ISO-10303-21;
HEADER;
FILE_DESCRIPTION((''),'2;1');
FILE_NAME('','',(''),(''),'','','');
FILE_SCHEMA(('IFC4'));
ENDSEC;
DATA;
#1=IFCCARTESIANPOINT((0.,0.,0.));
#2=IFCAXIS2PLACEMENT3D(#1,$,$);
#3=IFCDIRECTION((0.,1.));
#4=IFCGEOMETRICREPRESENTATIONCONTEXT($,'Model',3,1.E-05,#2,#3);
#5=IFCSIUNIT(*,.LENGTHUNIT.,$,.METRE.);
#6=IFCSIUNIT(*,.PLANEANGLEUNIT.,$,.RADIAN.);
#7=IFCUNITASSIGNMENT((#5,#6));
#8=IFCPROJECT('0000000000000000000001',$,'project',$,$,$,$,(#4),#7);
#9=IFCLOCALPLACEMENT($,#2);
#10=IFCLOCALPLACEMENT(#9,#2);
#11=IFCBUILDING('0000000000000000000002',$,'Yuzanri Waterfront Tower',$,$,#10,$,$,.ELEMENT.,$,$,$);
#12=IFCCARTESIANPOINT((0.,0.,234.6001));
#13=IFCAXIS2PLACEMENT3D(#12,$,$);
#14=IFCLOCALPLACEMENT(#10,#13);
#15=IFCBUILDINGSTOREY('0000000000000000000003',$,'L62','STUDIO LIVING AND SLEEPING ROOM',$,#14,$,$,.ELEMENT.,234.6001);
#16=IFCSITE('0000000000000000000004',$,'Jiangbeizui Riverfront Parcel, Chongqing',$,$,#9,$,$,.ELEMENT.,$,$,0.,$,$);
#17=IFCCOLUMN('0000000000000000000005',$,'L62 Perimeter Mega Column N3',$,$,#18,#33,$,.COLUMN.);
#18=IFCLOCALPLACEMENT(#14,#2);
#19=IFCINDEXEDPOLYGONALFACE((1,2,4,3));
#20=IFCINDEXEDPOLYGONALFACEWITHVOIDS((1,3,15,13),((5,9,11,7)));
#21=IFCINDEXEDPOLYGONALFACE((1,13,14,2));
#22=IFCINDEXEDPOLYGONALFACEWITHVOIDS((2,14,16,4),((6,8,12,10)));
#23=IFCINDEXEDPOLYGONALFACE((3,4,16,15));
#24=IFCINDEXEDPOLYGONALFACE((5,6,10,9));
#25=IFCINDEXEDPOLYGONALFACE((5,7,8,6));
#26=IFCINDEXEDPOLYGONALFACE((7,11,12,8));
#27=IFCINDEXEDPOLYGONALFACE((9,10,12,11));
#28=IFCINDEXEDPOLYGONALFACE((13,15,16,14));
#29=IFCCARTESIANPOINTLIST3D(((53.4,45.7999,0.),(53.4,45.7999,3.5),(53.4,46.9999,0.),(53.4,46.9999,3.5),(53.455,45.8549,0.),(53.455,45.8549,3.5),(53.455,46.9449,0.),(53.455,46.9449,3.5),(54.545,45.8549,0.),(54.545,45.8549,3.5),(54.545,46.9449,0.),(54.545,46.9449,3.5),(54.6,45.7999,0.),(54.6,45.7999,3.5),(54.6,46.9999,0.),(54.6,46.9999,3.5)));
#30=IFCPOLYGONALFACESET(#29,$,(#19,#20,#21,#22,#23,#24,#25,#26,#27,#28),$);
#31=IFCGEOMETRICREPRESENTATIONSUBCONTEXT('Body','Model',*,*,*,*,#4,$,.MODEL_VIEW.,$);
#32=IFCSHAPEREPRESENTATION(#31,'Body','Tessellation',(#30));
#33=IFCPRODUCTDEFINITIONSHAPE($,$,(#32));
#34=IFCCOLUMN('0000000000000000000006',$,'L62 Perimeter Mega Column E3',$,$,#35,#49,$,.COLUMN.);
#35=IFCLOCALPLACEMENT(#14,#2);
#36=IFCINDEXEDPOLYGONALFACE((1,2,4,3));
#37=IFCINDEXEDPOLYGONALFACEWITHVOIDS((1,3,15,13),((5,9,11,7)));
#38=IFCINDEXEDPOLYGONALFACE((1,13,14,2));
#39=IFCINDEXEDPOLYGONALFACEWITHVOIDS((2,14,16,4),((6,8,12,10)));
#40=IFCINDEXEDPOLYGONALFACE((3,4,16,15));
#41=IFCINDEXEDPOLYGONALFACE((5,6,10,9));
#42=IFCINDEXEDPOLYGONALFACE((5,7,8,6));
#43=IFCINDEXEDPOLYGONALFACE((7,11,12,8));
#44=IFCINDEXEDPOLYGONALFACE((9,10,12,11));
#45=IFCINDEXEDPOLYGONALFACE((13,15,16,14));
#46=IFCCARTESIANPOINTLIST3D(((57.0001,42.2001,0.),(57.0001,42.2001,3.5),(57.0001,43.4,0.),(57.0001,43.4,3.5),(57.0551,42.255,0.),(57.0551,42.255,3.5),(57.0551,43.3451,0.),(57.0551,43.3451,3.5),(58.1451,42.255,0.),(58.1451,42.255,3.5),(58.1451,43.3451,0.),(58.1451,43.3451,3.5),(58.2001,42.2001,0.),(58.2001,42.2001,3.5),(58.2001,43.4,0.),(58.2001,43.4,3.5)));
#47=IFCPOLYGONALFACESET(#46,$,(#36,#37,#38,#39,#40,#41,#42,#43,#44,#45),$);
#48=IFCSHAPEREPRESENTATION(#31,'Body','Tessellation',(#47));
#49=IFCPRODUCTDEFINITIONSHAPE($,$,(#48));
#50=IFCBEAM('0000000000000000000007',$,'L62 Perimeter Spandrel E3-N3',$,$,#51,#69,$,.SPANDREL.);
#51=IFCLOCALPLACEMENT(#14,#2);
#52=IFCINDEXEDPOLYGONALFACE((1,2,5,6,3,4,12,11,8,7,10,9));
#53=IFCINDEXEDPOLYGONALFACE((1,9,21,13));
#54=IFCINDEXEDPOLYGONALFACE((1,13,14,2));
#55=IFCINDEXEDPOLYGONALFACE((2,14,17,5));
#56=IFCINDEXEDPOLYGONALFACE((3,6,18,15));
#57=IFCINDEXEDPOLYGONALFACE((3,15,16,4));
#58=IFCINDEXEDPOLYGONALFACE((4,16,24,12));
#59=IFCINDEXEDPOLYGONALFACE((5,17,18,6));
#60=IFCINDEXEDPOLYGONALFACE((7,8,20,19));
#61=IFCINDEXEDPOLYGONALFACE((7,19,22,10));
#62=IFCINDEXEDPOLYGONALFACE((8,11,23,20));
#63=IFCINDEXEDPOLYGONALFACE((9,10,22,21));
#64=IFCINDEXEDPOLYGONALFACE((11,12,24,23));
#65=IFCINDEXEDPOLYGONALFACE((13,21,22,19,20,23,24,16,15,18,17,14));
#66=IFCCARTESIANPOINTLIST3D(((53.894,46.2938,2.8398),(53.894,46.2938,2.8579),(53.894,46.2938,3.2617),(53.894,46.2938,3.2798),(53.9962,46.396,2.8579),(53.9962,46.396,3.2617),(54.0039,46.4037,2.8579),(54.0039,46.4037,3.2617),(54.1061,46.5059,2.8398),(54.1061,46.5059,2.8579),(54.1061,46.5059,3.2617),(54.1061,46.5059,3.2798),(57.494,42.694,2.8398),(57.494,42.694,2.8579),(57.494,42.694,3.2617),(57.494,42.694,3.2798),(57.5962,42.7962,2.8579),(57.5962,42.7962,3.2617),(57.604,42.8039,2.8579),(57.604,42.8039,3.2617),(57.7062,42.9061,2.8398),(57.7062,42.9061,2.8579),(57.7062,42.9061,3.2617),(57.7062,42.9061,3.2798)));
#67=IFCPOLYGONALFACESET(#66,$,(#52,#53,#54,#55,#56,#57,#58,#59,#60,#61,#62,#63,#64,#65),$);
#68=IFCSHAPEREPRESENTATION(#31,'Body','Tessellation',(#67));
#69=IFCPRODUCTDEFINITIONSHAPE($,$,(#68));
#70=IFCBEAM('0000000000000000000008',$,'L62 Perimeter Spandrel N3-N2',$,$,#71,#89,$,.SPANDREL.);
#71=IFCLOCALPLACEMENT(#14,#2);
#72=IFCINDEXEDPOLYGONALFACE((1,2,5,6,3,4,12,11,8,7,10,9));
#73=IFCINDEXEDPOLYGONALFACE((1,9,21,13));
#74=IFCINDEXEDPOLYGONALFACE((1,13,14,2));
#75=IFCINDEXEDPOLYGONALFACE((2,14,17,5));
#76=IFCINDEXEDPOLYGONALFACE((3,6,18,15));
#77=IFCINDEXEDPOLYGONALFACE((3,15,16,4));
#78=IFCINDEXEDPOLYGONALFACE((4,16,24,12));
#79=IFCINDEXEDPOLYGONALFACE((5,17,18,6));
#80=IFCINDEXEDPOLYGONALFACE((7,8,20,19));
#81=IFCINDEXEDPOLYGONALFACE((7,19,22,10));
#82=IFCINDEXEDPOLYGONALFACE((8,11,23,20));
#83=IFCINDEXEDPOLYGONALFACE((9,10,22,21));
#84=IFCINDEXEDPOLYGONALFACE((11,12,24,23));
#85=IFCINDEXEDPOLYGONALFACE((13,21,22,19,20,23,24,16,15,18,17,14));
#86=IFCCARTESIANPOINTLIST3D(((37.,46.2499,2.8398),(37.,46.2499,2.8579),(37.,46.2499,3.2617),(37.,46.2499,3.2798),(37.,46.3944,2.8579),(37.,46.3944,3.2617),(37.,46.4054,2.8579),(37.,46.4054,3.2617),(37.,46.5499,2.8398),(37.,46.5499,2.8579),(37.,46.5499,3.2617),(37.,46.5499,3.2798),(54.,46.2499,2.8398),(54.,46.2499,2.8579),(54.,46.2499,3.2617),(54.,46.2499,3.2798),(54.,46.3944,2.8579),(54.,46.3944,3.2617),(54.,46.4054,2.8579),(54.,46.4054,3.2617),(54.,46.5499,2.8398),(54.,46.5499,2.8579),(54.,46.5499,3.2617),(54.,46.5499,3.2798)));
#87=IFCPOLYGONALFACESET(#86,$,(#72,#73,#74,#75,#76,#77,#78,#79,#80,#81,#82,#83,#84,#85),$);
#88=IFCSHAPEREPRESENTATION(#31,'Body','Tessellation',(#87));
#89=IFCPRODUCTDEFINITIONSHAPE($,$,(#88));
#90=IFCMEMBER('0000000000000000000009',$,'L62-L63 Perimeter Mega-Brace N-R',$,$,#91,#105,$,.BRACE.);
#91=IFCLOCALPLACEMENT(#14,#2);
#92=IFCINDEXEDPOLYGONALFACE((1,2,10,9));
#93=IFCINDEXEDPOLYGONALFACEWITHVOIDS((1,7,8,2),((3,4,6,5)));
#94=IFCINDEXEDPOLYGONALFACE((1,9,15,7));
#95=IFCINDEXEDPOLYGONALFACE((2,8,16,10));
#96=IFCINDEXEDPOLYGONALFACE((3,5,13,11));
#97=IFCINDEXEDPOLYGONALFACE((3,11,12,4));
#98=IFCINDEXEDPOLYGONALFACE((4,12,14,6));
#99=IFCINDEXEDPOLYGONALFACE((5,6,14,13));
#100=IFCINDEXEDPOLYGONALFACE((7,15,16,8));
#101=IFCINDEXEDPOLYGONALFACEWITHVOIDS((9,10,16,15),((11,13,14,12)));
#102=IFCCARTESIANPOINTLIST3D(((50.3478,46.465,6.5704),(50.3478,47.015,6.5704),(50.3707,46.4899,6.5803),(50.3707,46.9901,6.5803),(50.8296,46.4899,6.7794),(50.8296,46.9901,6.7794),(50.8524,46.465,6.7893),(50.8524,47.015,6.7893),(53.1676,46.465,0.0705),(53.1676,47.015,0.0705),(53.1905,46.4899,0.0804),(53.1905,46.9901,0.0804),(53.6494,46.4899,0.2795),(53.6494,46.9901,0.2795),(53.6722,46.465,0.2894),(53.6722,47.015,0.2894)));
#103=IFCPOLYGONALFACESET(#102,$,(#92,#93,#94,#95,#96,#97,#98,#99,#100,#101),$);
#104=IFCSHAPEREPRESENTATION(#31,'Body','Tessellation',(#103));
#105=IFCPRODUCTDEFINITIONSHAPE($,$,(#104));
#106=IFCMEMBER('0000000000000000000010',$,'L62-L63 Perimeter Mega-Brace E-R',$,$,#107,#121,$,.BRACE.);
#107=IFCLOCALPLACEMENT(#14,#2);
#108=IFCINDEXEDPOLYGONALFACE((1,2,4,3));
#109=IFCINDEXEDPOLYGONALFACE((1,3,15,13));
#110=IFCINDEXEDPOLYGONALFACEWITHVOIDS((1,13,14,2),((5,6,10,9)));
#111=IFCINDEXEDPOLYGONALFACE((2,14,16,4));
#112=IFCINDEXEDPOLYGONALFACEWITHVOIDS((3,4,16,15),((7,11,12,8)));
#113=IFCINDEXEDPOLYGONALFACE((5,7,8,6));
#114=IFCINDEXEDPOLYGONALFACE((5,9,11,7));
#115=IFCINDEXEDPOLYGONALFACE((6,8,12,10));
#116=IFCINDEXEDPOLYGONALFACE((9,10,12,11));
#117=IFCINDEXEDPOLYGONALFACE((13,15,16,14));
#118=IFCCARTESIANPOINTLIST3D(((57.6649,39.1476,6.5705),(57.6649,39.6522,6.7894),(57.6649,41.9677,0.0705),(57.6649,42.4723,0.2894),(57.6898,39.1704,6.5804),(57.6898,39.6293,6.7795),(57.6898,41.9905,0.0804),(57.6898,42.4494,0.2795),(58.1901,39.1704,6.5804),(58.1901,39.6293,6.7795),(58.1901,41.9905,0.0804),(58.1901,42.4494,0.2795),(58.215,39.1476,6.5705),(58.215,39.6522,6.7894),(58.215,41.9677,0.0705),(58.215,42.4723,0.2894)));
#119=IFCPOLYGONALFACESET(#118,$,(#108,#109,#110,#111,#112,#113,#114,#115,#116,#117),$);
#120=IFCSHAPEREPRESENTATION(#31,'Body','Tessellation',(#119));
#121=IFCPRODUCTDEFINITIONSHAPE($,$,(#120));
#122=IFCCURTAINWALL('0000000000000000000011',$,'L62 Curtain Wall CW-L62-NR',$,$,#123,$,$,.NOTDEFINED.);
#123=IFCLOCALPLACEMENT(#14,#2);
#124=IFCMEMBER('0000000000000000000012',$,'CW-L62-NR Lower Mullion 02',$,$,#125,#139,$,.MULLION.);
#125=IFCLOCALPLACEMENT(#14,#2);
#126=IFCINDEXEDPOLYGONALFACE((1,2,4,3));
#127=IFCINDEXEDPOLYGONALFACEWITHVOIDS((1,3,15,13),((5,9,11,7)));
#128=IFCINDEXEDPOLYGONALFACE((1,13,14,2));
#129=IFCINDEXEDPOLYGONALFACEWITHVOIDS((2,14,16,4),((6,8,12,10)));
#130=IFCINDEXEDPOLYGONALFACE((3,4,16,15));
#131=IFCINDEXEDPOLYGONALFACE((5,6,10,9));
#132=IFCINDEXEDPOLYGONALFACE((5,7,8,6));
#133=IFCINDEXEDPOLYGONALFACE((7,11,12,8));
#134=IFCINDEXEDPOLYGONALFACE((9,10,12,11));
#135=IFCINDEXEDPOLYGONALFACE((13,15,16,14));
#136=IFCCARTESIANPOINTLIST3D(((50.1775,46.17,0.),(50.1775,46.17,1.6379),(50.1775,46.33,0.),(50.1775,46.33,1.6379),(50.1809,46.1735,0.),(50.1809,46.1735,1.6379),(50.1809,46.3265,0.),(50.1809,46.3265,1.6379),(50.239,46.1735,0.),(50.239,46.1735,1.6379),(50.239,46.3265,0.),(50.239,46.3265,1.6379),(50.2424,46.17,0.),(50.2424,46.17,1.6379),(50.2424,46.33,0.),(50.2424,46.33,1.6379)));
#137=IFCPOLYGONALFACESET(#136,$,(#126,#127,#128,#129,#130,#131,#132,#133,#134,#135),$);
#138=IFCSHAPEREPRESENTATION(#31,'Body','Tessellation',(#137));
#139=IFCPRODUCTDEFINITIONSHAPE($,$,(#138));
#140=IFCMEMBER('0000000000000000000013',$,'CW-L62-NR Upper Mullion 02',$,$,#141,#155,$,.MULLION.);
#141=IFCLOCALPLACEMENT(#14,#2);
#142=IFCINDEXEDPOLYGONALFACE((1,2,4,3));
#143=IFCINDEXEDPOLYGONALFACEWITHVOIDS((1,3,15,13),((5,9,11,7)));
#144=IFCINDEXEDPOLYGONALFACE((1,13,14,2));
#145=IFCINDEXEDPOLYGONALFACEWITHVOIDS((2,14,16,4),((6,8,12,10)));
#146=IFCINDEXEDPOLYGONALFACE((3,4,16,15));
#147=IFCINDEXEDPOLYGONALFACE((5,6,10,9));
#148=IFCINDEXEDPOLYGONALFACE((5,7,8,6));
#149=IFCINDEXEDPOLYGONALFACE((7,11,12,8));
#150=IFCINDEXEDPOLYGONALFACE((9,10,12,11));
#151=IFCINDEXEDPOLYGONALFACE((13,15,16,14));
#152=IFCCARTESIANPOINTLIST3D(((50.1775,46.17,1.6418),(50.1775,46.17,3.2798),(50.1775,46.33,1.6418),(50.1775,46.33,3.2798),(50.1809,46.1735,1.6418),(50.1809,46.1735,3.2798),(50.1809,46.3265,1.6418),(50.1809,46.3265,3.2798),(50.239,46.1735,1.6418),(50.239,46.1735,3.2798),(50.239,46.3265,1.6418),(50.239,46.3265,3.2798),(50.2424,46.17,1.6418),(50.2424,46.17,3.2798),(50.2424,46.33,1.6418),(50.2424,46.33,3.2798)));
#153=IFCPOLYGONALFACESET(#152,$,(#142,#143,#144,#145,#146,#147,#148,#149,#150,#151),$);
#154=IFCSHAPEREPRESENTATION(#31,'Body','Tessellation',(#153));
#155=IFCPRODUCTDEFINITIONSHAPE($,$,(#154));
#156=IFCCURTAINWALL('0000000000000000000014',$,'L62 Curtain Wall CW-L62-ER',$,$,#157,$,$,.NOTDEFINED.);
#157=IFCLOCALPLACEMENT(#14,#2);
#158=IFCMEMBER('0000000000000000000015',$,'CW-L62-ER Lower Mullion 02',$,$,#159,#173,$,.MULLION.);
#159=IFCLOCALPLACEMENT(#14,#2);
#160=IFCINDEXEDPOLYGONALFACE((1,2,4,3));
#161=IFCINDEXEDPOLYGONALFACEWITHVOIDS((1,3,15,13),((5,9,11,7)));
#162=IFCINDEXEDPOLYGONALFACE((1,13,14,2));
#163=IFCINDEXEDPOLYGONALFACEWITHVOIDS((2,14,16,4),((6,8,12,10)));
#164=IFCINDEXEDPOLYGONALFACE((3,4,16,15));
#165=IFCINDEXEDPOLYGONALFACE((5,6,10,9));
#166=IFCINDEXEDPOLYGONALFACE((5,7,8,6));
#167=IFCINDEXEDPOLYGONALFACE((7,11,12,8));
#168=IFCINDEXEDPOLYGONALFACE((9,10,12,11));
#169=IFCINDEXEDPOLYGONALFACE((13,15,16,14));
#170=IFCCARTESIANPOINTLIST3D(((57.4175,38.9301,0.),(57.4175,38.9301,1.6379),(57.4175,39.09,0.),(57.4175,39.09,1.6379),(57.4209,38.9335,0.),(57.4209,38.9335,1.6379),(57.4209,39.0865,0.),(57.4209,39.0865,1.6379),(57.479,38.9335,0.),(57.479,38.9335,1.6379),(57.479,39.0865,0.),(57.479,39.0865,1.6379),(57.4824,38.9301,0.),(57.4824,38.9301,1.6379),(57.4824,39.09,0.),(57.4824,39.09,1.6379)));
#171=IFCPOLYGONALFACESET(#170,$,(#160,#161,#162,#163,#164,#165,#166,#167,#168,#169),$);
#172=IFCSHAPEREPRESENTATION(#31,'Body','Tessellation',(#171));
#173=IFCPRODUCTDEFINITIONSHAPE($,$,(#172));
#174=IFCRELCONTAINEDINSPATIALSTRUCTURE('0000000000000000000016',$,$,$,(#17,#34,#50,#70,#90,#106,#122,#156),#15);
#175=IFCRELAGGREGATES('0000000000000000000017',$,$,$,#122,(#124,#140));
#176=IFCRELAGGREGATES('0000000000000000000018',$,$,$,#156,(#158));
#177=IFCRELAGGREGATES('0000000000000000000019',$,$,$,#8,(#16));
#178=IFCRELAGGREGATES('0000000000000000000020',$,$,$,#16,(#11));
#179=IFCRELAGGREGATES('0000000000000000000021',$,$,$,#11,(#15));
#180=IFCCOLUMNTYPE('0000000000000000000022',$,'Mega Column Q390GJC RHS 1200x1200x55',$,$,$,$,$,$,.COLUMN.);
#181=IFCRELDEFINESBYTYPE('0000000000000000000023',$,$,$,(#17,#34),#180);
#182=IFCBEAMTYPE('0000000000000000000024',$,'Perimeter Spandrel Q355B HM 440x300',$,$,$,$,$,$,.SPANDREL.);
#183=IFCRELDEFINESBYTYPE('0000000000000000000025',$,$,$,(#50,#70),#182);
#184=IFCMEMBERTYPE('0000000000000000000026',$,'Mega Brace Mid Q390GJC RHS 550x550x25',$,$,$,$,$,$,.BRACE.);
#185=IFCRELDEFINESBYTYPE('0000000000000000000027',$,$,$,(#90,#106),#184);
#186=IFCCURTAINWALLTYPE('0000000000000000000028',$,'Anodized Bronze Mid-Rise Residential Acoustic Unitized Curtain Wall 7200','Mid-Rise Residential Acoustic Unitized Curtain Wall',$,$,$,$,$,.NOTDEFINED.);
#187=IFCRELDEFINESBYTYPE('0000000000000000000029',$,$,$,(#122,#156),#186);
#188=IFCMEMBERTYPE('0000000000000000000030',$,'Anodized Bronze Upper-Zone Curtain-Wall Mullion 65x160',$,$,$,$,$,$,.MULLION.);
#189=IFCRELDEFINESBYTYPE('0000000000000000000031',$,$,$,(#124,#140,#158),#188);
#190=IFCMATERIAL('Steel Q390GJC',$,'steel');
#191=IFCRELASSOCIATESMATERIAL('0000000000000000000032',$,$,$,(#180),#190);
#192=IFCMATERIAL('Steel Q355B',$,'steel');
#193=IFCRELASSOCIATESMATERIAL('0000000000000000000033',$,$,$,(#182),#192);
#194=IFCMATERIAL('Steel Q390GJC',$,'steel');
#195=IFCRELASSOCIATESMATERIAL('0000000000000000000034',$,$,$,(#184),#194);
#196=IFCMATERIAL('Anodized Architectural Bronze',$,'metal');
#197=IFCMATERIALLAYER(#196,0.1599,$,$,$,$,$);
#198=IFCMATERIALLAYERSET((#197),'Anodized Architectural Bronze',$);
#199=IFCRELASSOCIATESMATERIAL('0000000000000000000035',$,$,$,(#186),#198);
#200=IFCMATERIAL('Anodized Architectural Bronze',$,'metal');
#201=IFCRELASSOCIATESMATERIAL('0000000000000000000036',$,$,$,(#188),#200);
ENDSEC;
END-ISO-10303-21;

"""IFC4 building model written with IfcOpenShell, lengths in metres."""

from ifc_helpers import new_model, si_unit, direction, frame, origin, origin_2d, place, context, subcontext, project, spatial, hollow_rectangle, i_section, extrude, source, transform, mapped, material, layer, layer_set, material_profile, profile_set, type_object, element, aggregate, save


model = new_model("IFC4")

# Units and contexts
model_context = context("Model", 3, precision=1e-05, world=origin(), true_north=direction((0.0, 1.0)))
body_context = subcontext(model_context, "Body", "Model", "MODEL_VIEW")
ifc_project = project(units=[si_unit("LENGTHUNIT", "METRE"), si_unit("PLANEANGLEUNIT", "RADIAN")], contexts=[model_context])

# Site, building, storey
site_placement = place(None, origin())
site = spatial("IfcSite", under=ifc_project, at=site_placement, Name="Jiangbeizui Riverfront Parcel, Chongqing", CompositionType="ELEMENT", RefElevation=0.0)
building_placement = place(site_placement, origin())
building = spatial("IfcBuilding", under=site, at=building_placement, Name="Yuzanri Waterfront Tower", CompositionType="ELEMENT")
storey_placement = place(building_placement, frame((0.0, 0.0, 234.6001)))
storey = spatial("IfcBuildingStorey", under=building, at=storey_placement, Name="L62", Description="STUDIO LIVING AND SLEEPING ROOM", CompositionType="ELEMENT", Elevation=234.6001)

# Columns
ifc_material_1 = material(Name="Steel Q390GJC", Category="steel")
ifc_material_profile_1 = material_profile(ifc_material_1, hollow_rectangle(XDim=1.2, YDim=1.2, WallThickness=0.0549, at=origin_2d()), Name="RHS 1200x1200x55")
ifc_profile_set_1 = profile_set([ifc_material_profile_1], Name="Steel Q390GJC")
column_type = type_object("IfcColumnType", Name="Mega Column Q390GJC RHS 1200x1200x55", PredefinedType="COLUMN", material=ifc_profile_set_1)
shared_shape_1 = source(origin(), body_context, "Body", "SweptSolid", [
    extrude(hollow_rectangle(XDim=1.2, YDim=1.2, WallThickness=0.0549, at=origin_2d()), origin(), (0.0, 0.0, 1.0), 3.5),
])
for number, where, z_axis, x_axis, name in (
    (1, (54.0, 46.3999, 0.0), (0.0, 0.0, 1.0), (1.0, 0.0, 0.0), "L62 Perimeter Mega Column N3"),
    (2, (57.6001, 42.8, 0.0), (0.0, 0.0, 1.0), (1.0, 0.0, 0.0), "L62 Perimeter Mega Column E3"),
):
    element("IfcColumn", number, at=place(storey_placement, frame(where, z_axis=z_axis, x_axis=x_axis)), inside=storey, type_object=column_type, Name=name, PredefinedType="COLUMN", context=body_context, shape_type="MappedRepresentation", body=[
        mapped(shared_shape_1, transform((0.0, 0.0, 0.0), scale=1.0)),
    ])

# Beams
ifc_material_2 = material(Name="Steel Q355B", Category="steel")
ifc_material_profile_2 = material_profile(ifc_material_2, i_section(OverallWidth=0.3, OverallDepth=0.4399, WebThickness=0.011, FlangeThickness=0.0181, at=origin_2d()), Name="HM 440x300x11x18")
ifc_profile_set_2 = profile_set([ifc_material_profile_2], Name="Steel Q355B")
beam_type = type_object("IfcBeamType", Name="Perimeter Spandrel Q355B HM 440x300", PredefinedType="SPANDREL", material=ifc_profile_set_2)
shared_shape_2 = source(origin(), body_context, "Body", "SweptSolid", [
    extrude(i_section(OverallWidth=0.3, OverallDepth=0.4399, WebThickness=0.011, FlangeThickness=0.0181, at=origin_2d()), origin(), (0.0, 0.0, 1.0), 5.0911),
])
beam_1_placement = place(storey_placement, frame((57.6001, 42.8, 3.0598), z_axis=(-0.707131, 0.707083, 0.0), x_axis=(-0.707083, -0.707131, 0.0)))
element("IfcBeam", 3, at=beam_1_placement, inside=storey, type_object=beam_type, Name="L62 Perimeter Spandrel E3-N3", PredefinedType="SPANDREL", context=body_context, shape_type="MappedRepresentation", body=[
    mapped(shared_shape_2, transform((0.0, 0.0, 0.0), scale=1.0)),
])
shared_shape_3 = source(origin(), body_context, "Body", "SweptSolid", [
    extrude(i_section(OverallWidth=0.3, OverallDepth=0.4399, WebThickness=0.011, FlangeThickness=0.0181, at=origin_2d()), origin(), (0.0, 0.0, 1.0), 17.0),
])
beam_2_placement = place(storey_placement, frame((54.0, 46.3999, 3.0598), z_axis=(-1.0, 0.0, 0.0), x_axis=(0.0, -1.0, 0.0)))
element("IfcBeam", 4, at=beam_2_placement, inside=storey, type_object=beam_type, Name="L62 Perimeter Spandrel N3-N2", PredefinedType="SPANDREL", context=body_context, shape_type="MappedRepresentation", body=[
    mapped(shared_shape_3, transform((0.0, 0.0, 0.0), scale=1.0)),
])

# Members
ifc_material_3 = material(Name="Steel Q390GJC", Category="steel")
ifc_material_profile_3 = material_profile(ifc_material_3, hollow_rectangle(XDim=0.55, YDim=0.55, WallThickness=0.0249, at=origin_2d()), Name="RHS 550x550x25")
ifc_profile_set_3 = profile_set([ifc_material_profile_3], Name="Steel Q390GJC")
member_type_1 = type_object("IfcMemberType", Name="Mega Brace Mid Q390GJC RHS 550x550x25", PredefinedType="BRACE", material=ifc_profile_set_3)
shared_shape_4 = source(origin(), body_context, "Body", "SweptSolid", [
    extrude(hollow_rectangle(XDim=0.55, YDim=0.55, WallThickness=0.0249, at=origin_2d()), origin(), (0.0, 0.0, 1.0), 7.0852),
])
member_1_placement = place(storey_placement, frame((53.4199, 46.74, 0.1799), z_axis=(-0.397983, 0.0, 0.917393), x_axis=(0.0, -1.0, 0.0)))
element("IfcMember", 5, at=member_1_placement, inside=storey, type_object=member_type_1, Name="L62-L63 Perimeter Mega-Brace N-R", PredefinedType="BRACE", context=body_context, shape_type="MappedRepresentation", body=[
    mapped(shared_shape_4, transform((0.0, 0.0, 0.0), scale=1.0)),
])
shared_shape_5 = source(origin(), body_context, "Body", "SweptSolid", [
    extrude(hollow_rectangle(XDim=0.55, YDim=0.55, WallThickness=0.0249, at=origin_2d()), origin(), (0.0, 0.0, 1.0), 7.0854),
])
member_2_placement = place(storey_placement, frame((57.9399, 42.22, 0.1799), z_axis=(0.0, -0.398012, 0.91738), x_axis=(1.0, 0.0, 0.0)))
element("IfcMember", 6, at=member_2_placement, inside=storey, type_object=member_type_1, Name="L62-L63 Perimeter Mega-Brace E-R", PredefinedType="BRACE", context=body_context, shape_type="MappedRepresentation", body=[
    mapped(shared_shape_5, transform((0.0, 0.0, 0.0), scale=1.0)),
])

# Curtain walls, members
ifc_material_4 = material(Name="Anodized Architectural Bronze", Category="metal")
ifc_layer_1 = layer(ifc_material_4, 0.1599)
ifc_layer_set_1 = layer_set([ifc_layer_1], Name="Anodized Architectural Bronze")
curtain_wall_type = type_object("IfcCurtainWallType", Name="Anodized Bronze Mid-Rise Residential Acoustic Unitized Curtain Wall 7200", Description="Mid-Rise Residential Acoustic Unitized Curtain Wall", PredefinedType="NOTDEFINED", material=ifc_layer_set_1)
curtain_wall_1_placement = place(storey_placement, origin())
curtain_wall_1 = element("IfcCurtainWall", 7, at=curtain_wall_1_placement, inside=storey, type_object=curtain_wall_type, Name="L62 Curtain Wall CW-L62-NR", PredefinedType="NOTDEFINED")
ifc_material_5 = material(Name="Anodized Architectural Bronze", Category="metal")
ifc_material_profile_4 = material_profile(ifc_material_5, hollow_rectangle(XDim=0.0649, YDim=0.1599, WallThickness=0.0034, at=origin_2d()), Name="CWM 65x160")
ifc_profile_set_4 = profile_set([ifc_material_profile_4], Name="Anodized Architectural Bronze")
member_type_2 = type_object("IfcMemberType", Name="Anodized Bronze Upper-Zone Curtain-Wall Mullion 65x160", PredefinedType="MULLION", material=ifc_profile_set_4)
shared_shape_6 = source(origin(), body_context, "Body", "SweptSolid", [
    extrude(hollow_rectangle(XDim=0.0649, YDim=0.1599, WallThickness=0.0034, at=origin_2d()), origin(), (0.0, 0.0, 1.0), 1.6379),
])
member_3_placement = place(storey_placement, frame((50.21, 46.25, 0.0), z_axis=(0.0, 0.0, 1.0), x_axis=(1.0, 0.0, 0.0)))
member_3 = element("IfcMember", 8, at=member_3_placement, type_object=member_type_2, Name="CW-L62-NR Lower Mullion 02", PredefinedType="MULLION", context=body_context, shape_type="MappedRepresentation", body=[
    mapped(shared_shape_6, transform((0.0, 0.0, 0.0), scale=1.0)),
])
member_4_placement = place(storey_placement, frame((50.21, 46.25, 1.6418), z_axis=(0.0, 0.0, 1.0), x_axis=(1.0, 0.0, 0.0)))
member_4 = element("IfcMember", 9, at=member_4_placement, type_object=member_type_2, Name="CW-L62-NR Upper Mullion 02", PredefinedType="MULLION", context=body_context, shape_type="MappedRepresentation", body=[
    mapped(shared_shape_6, transform((0.0, 0.0, 0.0), scale=1.0)),
])
aggregate(curtain_wall_1, [member_3, member_4])
curtain_wall_2_placement = place(storey_placement, origin())
curtain_wall_2 = element("IfcCurtainWall", 10, at=curtain_wall_2_placement, inside=storey, type_object=curtain_wall_type, Name="L62 Curtain Wall CW-L62-ER", PredefinedType="NOTDEFINED")
member_5_placement = place(storey_placement, frame((57.45, 39.01, 0.0), z_axis=(0.0, 0.0, 1.0), x_axis=(1.0, 0.0, 0.0)))
member_5 = element("IfcMember", 11, at=member_5_placement, type_object=member_type_2, Name="CW-L62-ER Lower Mullion 02", PredefinedType="MULLION", context=body_context, shape_type="MappedRepresentation", body=[
    mapped(shared_shape_6, transform((0.0, 0.0, 0.0), scale=1.0)),
])

aggregate(curtain_wall_2, [member_5])

save(model, "model.ifc")
